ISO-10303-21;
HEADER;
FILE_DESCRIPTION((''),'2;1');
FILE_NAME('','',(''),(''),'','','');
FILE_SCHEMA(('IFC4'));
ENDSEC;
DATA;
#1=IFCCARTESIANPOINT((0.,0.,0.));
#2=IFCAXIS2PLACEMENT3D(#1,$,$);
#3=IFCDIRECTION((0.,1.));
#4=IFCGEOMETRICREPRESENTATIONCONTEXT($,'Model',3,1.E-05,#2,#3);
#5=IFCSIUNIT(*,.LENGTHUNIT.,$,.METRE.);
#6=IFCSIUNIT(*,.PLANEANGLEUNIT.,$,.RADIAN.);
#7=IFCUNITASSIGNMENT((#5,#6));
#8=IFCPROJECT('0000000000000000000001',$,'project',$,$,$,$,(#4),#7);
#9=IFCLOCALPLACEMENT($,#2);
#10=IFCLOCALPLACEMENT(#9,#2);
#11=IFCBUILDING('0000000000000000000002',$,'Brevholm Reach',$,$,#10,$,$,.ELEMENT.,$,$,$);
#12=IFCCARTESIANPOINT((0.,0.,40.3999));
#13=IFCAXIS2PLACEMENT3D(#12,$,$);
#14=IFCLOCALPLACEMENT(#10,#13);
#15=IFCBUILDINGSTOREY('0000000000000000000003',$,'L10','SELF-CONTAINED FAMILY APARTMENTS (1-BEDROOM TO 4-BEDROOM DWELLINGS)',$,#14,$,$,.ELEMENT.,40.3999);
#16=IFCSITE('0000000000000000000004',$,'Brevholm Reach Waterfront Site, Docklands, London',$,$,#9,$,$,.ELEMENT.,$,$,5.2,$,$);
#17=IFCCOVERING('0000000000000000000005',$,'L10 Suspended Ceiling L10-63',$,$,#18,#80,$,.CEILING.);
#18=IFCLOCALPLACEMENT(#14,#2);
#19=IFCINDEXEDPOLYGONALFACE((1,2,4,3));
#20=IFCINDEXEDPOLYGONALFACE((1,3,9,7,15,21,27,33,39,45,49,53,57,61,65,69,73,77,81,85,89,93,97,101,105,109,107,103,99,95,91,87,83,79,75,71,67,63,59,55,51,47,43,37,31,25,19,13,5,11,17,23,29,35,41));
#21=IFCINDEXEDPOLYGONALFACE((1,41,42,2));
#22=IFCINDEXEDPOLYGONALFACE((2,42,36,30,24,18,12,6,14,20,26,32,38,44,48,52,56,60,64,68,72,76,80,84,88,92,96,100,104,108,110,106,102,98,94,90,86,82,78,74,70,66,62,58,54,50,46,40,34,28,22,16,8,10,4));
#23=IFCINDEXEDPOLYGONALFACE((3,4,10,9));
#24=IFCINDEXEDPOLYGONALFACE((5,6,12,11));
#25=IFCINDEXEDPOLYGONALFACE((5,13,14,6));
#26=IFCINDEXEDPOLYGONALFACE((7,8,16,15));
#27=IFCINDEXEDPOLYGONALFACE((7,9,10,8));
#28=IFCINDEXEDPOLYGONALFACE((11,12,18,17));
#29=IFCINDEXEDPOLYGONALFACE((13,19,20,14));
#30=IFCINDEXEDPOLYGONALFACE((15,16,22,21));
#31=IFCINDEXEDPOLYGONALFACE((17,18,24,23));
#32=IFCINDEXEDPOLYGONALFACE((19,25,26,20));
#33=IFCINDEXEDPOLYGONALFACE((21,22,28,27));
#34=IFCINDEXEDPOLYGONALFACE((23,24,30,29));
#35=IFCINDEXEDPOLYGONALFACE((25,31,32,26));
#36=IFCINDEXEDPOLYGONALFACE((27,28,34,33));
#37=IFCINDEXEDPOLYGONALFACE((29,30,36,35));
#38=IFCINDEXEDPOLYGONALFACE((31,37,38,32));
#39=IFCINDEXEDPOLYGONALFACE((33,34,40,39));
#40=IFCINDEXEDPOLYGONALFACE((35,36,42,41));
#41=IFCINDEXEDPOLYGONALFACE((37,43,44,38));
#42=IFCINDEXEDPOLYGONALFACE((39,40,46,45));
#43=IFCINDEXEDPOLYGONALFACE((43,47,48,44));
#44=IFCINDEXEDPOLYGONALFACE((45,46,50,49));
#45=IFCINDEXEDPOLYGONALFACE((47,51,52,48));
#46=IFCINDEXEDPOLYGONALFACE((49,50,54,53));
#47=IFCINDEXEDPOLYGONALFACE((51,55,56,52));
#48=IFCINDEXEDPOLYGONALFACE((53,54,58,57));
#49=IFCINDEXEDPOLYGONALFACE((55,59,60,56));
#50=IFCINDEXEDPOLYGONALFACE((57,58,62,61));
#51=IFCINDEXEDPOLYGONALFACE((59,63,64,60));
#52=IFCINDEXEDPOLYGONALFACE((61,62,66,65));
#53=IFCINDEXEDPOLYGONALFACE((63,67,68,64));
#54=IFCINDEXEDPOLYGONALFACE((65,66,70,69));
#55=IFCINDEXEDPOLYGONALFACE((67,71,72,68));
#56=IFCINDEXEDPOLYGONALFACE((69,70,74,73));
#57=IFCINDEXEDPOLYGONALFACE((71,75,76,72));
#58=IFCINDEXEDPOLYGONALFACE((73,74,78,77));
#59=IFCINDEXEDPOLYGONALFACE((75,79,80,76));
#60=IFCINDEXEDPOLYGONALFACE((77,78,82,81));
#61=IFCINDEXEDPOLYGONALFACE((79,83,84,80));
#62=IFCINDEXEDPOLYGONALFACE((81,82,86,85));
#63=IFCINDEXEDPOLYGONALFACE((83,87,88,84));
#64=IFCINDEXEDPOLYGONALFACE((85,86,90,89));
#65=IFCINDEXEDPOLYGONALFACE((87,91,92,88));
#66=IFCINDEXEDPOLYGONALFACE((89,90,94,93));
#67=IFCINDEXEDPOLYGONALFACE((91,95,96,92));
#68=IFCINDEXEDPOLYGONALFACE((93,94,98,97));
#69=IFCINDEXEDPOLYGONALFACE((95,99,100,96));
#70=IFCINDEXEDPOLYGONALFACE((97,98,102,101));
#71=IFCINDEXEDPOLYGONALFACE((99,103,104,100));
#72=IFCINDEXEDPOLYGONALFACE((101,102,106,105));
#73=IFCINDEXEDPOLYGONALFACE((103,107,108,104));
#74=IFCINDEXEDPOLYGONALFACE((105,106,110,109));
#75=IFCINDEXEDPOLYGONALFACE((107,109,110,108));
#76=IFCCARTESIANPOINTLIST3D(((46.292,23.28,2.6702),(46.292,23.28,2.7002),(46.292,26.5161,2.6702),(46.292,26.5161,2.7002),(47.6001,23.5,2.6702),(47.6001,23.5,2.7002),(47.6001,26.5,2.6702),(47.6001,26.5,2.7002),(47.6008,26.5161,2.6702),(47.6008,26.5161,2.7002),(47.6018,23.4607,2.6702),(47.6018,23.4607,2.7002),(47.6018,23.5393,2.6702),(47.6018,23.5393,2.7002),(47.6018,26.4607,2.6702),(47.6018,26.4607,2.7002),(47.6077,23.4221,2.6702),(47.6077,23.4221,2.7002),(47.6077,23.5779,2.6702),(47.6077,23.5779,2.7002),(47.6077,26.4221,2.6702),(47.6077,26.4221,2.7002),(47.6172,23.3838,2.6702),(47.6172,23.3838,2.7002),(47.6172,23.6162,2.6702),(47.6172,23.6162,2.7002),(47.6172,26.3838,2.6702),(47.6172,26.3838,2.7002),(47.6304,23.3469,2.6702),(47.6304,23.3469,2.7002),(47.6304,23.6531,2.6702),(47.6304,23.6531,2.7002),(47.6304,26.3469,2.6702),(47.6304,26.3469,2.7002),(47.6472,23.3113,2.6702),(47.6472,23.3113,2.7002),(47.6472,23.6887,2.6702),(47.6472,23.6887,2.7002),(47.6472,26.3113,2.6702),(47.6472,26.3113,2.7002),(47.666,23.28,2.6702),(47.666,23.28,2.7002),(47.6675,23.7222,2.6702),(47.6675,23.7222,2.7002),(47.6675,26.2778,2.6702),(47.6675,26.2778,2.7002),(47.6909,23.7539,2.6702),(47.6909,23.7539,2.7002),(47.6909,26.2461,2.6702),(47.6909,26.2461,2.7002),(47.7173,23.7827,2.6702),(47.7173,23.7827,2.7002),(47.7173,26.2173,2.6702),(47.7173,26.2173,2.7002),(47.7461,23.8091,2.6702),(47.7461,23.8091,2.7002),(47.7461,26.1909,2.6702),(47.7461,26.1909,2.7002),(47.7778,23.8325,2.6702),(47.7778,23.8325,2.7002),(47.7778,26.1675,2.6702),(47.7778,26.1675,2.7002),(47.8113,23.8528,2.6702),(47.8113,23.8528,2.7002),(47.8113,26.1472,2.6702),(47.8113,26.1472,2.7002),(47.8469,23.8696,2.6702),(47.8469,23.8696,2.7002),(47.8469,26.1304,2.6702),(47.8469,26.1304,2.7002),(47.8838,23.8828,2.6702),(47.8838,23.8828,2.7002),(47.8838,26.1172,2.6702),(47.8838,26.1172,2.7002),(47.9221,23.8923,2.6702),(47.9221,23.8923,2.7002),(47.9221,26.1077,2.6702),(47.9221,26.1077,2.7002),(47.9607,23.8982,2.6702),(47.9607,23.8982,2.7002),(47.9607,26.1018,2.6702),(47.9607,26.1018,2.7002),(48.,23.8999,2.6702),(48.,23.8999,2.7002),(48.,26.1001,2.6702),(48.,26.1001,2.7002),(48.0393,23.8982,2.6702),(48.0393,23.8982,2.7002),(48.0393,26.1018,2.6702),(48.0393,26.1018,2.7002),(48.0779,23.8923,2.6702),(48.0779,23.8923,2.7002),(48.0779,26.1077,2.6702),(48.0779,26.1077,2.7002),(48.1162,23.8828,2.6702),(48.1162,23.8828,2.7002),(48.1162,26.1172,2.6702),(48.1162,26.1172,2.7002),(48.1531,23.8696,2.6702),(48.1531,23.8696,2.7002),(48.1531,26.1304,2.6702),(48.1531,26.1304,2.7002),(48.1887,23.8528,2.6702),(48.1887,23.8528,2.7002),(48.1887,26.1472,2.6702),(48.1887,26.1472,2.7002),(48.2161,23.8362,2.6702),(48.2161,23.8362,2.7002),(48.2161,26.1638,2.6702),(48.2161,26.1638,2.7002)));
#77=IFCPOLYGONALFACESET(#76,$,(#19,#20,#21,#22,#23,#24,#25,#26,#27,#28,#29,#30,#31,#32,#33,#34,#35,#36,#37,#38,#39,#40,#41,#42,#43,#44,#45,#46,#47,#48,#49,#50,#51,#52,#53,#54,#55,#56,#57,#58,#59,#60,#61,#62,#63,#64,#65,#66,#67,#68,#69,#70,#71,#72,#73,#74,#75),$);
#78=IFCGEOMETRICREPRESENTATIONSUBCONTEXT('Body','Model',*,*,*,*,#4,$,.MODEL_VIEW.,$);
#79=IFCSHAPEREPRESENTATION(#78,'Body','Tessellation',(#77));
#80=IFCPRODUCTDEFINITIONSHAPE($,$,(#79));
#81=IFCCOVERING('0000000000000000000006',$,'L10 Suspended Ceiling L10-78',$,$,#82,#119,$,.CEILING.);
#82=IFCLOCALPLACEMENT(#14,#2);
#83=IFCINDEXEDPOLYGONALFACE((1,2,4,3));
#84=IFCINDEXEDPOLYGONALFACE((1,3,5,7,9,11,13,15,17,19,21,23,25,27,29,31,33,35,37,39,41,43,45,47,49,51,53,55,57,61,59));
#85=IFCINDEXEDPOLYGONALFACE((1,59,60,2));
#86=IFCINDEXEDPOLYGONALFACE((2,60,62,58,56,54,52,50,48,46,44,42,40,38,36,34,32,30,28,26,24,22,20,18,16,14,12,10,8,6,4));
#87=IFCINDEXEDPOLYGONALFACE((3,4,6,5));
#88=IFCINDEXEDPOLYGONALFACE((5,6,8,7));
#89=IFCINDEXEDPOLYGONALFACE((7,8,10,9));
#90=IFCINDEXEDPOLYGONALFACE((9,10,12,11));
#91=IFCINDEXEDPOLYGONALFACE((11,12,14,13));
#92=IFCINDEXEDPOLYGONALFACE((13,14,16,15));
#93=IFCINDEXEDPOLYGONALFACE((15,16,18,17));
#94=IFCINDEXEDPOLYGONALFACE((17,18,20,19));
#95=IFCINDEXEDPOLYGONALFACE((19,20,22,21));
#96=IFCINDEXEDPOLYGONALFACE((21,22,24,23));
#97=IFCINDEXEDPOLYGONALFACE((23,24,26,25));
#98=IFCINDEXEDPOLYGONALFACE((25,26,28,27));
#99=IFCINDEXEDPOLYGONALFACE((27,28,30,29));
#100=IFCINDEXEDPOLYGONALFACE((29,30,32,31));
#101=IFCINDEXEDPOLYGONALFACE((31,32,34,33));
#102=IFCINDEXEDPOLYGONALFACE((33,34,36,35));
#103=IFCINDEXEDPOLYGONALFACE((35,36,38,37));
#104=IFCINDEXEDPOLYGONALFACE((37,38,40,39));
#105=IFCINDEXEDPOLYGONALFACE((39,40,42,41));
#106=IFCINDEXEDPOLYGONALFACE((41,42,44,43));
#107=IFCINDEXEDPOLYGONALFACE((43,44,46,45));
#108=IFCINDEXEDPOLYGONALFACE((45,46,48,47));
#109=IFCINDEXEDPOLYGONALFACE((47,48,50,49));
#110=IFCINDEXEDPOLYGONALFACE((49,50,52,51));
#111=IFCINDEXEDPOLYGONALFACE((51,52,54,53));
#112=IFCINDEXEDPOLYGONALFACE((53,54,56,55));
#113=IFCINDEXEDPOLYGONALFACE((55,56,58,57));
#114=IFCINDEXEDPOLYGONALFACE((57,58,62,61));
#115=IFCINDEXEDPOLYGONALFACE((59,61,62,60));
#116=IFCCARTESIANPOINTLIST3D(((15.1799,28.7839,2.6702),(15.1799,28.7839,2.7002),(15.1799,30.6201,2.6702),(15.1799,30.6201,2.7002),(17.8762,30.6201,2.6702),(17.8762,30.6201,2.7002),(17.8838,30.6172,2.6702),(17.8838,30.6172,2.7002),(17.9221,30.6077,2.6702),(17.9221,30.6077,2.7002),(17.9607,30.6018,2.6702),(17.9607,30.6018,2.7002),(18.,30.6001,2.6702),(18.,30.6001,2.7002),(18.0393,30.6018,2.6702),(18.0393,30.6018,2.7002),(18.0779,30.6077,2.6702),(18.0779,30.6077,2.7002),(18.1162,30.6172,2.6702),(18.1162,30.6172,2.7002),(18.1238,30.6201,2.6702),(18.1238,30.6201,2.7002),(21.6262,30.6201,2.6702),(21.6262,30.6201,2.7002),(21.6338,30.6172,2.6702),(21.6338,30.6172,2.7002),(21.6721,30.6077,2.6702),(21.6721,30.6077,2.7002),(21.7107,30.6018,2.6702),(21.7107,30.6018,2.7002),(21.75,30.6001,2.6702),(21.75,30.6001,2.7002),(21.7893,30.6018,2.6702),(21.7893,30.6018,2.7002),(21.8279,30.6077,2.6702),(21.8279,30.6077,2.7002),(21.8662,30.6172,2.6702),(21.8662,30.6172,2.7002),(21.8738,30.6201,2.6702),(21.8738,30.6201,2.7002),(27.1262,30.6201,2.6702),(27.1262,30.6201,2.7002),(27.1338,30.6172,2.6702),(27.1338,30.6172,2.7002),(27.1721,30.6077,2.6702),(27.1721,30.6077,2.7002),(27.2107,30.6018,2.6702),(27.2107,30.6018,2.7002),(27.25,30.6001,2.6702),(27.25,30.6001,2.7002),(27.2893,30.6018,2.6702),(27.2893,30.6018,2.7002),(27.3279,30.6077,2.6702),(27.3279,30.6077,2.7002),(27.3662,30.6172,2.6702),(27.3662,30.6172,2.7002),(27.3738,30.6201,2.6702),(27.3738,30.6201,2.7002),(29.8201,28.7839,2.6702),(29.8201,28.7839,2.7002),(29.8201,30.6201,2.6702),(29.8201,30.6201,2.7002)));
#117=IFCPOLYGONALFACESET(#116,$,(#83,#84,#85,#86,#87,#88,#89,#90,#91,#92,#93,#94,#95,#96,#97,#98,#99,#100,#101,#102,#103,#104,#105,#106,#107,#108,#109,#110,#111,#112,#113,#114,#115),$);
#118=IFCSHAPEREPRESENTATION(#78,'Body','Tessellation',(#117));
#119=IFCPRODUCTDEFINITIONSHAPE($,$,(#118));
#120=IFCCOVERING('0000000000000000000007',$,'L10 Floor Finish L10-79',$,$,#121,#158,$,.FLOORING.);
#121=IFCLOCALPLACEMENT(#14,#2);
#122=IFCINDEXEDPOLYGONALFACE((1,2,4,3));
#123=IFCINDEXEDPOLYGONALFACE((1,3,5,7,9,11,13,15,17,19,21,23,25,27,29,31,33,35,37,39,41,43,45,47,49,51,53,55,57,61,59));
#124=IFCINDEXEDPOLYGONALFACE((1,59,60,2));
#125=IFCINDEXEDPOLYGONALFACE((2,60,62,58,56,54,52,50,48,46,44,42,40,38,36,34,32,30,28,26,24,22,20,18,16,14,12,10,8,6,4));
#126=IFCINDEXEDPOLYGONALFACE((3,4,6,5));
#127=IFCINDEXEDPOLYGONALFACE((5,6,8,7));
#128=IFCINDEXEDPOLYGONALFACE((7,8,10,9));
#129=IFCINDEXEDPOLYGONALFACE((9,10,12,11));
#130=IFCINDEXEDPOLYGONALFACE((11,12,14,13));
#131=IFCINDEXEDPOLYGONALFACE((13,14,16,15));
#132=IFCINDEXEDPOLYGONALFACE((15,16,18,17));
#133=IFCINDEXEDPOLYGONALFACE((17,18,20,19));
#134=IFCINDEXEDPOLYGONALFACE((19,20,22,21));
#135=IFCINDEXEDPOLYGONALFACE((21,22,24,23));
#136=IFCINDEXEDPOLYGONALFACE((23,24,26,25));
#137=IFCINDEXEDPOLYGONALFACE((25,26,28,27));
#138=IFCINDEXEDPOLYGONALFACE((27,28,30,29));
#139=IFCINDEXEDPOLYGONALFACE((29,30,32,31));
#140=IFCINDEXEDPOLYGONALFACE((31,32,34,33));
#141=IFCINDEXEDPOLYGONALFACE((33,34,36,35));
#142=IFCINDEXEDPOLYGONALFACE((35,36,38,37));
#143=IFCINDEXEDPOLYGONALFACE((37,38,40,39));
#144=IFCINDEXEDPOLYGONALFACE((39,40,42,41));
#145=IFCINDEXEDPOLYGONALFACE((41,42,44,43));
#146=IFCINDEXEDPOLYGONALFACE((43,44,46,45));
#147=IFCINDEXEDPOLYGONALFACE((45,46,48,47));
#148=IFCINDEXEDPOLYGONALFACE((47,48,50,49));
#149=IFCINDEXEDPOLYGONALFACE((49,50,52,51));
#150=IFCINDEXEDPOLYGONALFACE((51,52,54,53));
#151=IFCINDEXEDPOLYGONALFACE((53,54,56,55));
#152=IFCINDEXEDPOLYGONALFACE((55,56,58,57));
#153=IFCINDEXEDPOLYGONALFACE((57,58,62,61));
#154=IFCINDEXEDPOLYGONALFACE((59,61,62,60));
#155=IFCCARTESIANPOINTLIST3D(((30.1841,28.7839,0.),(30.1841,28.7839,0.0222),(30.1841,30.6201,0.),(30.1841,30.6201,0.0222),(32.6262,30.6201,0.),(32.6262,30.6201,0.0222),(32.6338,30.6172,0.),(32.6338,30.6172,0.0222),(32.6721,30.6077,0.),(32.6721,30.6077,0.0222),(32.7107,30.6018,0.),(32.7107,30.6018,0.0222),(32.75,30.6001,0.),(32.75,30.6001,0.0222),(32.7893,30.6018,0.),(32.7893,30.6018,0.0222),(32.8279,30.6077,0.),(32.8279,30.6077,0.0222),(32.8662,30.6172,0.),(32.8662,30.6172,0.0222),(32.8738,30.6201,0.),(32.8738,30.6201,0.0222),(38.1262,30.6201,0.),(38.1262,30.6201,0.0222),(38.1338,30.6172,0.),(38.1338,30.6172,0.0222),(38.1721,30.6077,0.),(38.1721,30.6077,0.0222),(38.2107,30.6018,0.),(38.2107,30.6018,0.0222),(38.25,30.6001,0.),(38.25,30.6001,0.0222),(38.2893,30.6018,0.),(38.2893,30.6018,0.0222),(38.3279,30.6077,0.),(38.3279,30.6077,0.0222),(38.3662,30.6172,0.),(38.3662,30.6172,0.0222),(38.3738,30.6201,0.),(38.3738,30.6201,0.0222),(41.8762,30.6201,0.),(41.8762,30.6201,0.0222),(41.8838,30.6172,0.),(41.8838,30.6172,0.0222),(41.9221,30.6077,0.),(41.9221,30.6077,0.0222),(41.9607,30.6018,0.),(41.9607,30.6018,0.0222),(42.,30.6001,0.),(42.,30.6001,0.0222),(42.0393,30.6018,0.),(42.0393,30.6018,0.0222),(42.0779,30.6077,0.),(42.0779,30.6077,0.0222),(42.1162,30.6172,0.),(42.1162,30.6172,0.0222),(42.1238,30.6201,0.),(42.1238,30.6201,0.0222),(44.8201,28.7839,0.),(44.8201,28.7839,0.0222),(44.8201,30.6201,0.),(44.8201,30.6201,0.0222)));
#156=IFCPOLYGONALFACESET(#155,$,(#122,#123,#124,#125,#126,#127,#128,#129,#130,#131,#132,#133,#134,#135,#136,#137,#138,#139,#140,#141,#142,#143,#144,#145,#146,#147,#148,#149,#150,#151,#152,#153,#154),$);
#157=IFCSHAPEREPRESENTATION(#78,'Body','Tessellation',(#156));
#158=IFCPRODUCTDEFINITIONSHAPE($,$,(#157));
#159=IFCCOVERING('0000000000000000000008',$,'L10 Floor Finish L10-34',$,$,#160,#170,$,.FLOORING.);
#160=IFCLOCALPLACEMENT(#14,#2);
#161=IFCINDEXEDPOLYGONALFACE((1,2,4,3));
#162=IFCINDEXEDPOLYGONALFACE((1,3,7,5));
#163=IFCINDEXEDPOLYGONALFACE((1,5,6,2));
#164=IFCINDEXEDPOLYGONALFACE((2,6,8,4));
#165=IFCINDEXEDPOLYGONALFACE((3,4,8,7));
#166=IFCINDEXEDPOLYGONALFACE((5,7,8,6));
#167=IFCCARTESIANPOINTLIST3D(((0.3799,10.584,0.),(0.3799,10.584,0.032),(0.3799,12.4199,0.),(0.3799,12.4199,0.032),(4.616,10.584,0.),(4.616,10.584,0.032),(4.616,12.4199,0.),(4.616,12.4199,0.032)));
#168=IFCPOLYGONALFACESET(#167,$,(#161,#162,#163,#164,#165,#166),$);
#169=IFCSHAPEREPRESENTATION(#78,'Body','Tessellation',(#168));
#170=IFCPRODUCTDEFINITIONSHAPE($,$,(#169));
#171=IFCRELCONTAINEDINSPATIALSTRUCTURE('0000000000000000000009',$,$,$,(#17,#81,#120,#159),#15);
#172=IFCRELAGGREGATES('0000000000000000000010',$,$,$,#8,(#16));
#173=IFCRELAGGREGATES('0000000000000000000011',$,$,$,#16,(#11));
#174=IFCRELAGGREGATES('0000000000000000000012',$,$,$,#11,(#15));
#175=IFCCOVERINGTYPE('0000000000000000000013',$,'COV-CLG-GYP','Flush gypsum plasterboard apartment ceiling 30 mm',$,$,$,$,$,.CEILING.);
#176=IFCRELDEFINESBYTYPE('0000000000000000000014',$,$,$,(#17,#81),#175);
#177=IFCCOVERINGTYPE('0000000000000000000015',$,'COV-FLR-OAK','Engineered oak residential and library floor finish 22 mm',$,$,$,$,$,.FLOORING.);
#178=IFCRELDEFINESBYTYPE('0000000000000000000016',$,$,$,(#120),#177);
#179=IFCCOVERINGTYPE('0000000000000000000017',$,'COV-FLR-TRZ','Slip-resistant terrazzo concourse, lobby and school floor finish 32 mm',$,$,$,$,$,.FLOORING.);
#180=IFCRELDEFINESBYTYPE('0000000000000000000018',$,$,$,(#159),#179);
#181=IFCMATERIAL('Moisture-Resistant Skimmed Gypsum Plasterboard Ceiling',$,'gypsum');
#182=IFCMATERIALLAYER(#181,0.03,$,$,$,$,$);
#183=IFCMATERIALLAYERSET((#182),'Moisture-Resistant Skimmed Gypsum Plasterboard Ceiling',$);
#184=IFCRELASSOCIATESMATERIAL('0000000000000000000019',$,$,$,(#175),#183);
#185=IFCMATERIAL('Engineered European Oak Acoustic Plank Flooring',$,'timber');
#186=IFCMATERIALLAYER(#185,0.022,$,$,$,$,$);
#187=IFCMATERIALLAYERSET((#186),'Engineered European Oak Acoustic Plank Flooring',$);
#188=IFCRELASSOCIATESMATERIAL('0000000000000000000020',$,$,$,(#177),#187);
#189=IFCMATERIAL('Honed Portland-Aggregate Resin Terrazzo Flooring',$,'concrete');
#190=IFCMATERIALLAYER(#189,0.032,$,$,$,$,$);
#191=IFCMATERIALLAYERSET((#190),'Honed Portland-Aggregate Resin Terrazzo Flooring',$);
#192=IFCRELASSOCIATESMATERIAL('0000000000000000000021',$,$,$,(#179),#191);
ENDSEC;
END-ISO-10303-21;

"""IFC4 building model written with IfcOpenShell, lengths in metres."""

from ifc_helpers import new_model, si_unit, direction, frame, origin, place, context, subcontext, project, spatial, polyline, outline, extrude, material, layer, layer_set, type_object, element, save


model = new_model("IFC4")

# Units and contexts
model_context = context("Model", 3, precision=1e-05, world=origin(), true_north=direction((0.0, 1.0)))
body_context = subcontext(model_context, "Body", "Model", "MODEL_VIEW")
ifc_project = project(units=[si_unit("LENGTHUNIT", "METRE"), si_unit("PLANEANGLEUNIT", "RADIAN")], contexts=[model_context])

# Site, building, storey
site_placement = place(None, origin())
site = spatial("IfcSite", under=ifc_project, at=site_placement, Name="Brevholm Reach Waterfront Site, Docklands, London", CompositionType="ELEMENT", RefElevation=5.2)
building_placement = place(site_placement, origin())
building = spatial("IfcBuilding", under=site, at=building_placement, Name="Brevholm Reach", CompositionType="ELEMENT")
storey_placement = place(building_placement, frame((0.0, 0.0, 40.3999)))
storey = spatial("IfcBuildingStorey", under=building, at=storey_placement, Name="L10", Description="SELF-CONTAINED FAMILY APARTMENTS (1-BEDROOM TO 4-BEDROOM DWELLINGS)", CompositionType="ELEMENT", Elevation=40.3999)

# Coverings
ifc_material_1 = material(Name="Moisture-Resistant Skimmed Gypsum Plasterboard Ceiling", Category="gypsum")
ifc_layer_1 = layer(ifc_material_1, 0.03)
ifc_layer_set_1 = layer_set([ifc_layer_1], Name="Moisture-Resistant Skimmed Gypsum Plasterboard Ceiling")
covering_type_1 = type_object("IfcCoveringType", Name="COV-CLG-GYP", Description="Flush gypsum plasterboard apartment ceiling 30 mm", PredefinedType="CEILING", material=ifc_layer_set_1)
covering_1_placement = place(storey_placement, frame((0.0, 0.0, 2.6702)))
element("IfcCovering", 1, at=covering_1_placement, inside=storey, type_object=covering_type_1, Name="L10 Suspended Ceiling L10-63", PredefinedType="CEILING", context=body_context, shape_type="SweptSolid", body=[
    extrude(outline(polyline([(46.292, 26.5161), (47.6008, 26.5161), (47.6001, 26.5), (47.6018, 26.4607), (47.6077, 26.4221), (47.6172, 26.3838), (47.6304, 26.3469), (47.6472, 26.3113), (47.6675, 26.2778), (47.6909, 26.2461), (47.7173, 26.2173), (47.7461, 26.1909), (47.7778, 26.1675), (47.8113, 26.1472), (47.8469, 26.1304), (47.8838, 26.1172), (47.9221, 26.1077), (47.9607, 26.1018), (48.0, 26.1001), (48.0393, 26.1018), (48.0779, 26.1077), (48.1162, 26.1172), (48.1531, 26.1304), (48.1887, 26.1472), (48.2161, 26.1638), (48.2161, 23.8362), (48.1887, 23.8528), (48.1531, 23.8696), (48.1162, 23.8828), (48.0779, 23.8923), (48.0393, 23.8982), (48.0, 23.8999), (47.9607, 23.8982), (47.9221, 23.8923), (47.8838, 23.8828), (47.8469, 23.8696), (47.8113, 23.8528), (47.7778, 23.8325), (47.7461, 23.8091), (47.7173, 23.7827), (47.6909, 23.7539), (47.6675, 23.7222), (47.6472, 23.6887), (47.6304, 23.6531), (47.6172, 23.6162), (47.6077, 23.5779), (47.6018, 23.5393), (47.6001, 23.5), (47.6018, 23.4607), (47.6077, 23.4221), (47.6172, 23.3838), (47.6304, 23.3469), (47.6472, 23.3113), (47.666, 23.28), (46.292, 23.28), (46.292, 26.5161)])), origin(), (0.0, 0.0, 1.0), 0.03),
])
covering_2_placement = place(storey_placement, frame((0.0, 0.0, 2.6702)))
element("IfcCovering", 2, at=covering_2_placement, inside=storey, type_object=covering_type_1, Name="L10 Suspended Ceiling L10-78", PredefinedType="CEILING", context=body_context, shape_type="SweptSolid", body=[
    extrude(outline(polyline([(15.1799, 30.6201), (17.8762, 30.6201), (17.8838, 30.6172), (17.9221, 30.6077), (17.9607, 30.6018), (18.0, 30.6001), (18.0393, 30.6018), (18.0779, 30.6077), (18.1162, 30.6172), (18.1238, 30.6201), (21.6262, 30.6201), (21.6338, 30.6172), (21.6721, 30.6077), (21.7107, 30.6018), (21.75, 30.6001), (21.7893, 30.6018), (21.8279, 30.6077), (21.8662, 30.6172), (21.8738, 30.6201), (27.1262, 30.6201), (27.1338, 30.6172), (27.1721, 30.6077), (27.2107, 30.6018), (27.25, 30.6001), (27.2893, 30.6018), (27.3279, 30.6077), (27.3662, 30.6172), (27.3738, 30.6201), (29.8201, 30.6201), (29.8201, 28.7839), (15.1799, 28.7839), (15.1799, 30.6201)])), origin(), (0.0, 0.0, 1.0), 0.03),
])
ifc_material_2 = material(Name="Engineered European Oak Acoustic Plank Flooring", Category="timber")
ifc_layer_2 = layer(ifc_material_2, 0.022)
ifc_layer_set_2 = layer_set([ifc_layer_2], Name="Engineered European Oak Acoustic Plank Flooring")
covering_type_2 = type_object("IfcCoveringType", Name="COV-FLR-OAK", Description="Engineered oak residential and library floor finish 22 mm", PredefinedType="FLOORING", material=ifc_layer_set_2)
covering_3_placement = place(storey_placement, origin())
element("IfcCovering", 3, at=covering_3_placement, inside=storey, type_object=covering_type_2, Name="L10 Floor Finish L10-79", PredefinedType="FLOORING", context=body_context, shape_type="SweptSolid", body=[
    extrude(outline(polyline([(32.6262, 30.6201), (32.6338, 30.6172), (32.6721, 30.6077), (32.7107, 30.6018), (32.75, 30.6001), (32.7893, 30.6018), (32.8279, 30.6077), (32.8662, 30.6172), (32.8738, 30.6201), (38.1262, 30.6201), (38.1338, 30.6172), (38.1721, 30.6077), (38.2107, 30.6018), (38.25, 30.6001), (38.2893, 30.6018), (38.3279, 30.6077), (38.3662, 30.6172), (38.3738, 30.6201), (41.8762, 30.6201), (41.8838, 30.6172), (41.9221, 30.6077), (41.9607, 30.6018), (42.0, 30.6001), (42.0393, 30.6018), (42.0779, 30.6077), (42.1162, 30.6172), (42.1238, 30.6201), (44.8201, 30.6201), (44.8201, 28.7839), (30.1841, 28.7839), (30.1841, 30.6201), (32.6262, 30.6201)])), origin(), (0.0, 0.0, 1.0), 0.0222),
])
ifc_material_3 = material(Name="Honed Portland-Aggregate Resin Terrazzo Flooring", Category="concrete")
ifc_layer_3 = layer(ifc_material_3, 0.032)
ifc_layer_set_3 = layer_set([ifc_layer_3], Name="Honed Portland-Aggregate Resin Terrazzo Flooring")
covering_type_3 = type_object("IfcCoveringType", Name="COV-FLR-TRZ", Description="Slip-resistant terrazzo concourse, lobby and school floor finish 32 mm", PredefinedType="FLOORING", material=ifc_layer_set_3)
covering_4_placement = place(storey_placement, origin())
element("IfcCovering", 4, at=covering_4_placement, inside=storey, type_object=covering_type_3, Name="L10 Floor Finish L10-34", PredefinedType="FLOORING", context=body_context, shape_type="SweptSolid", body=[
    extrude(outline(polyline([(0.3799, 12.4199), (4.616, 12.4199), (4.616, 10.584), (0.3799, 10.584), (0.3799, 12.4199)])), origin(), (0.0, 0.0, 1.0), 0.032),
])

save(model, "model.ifc")
